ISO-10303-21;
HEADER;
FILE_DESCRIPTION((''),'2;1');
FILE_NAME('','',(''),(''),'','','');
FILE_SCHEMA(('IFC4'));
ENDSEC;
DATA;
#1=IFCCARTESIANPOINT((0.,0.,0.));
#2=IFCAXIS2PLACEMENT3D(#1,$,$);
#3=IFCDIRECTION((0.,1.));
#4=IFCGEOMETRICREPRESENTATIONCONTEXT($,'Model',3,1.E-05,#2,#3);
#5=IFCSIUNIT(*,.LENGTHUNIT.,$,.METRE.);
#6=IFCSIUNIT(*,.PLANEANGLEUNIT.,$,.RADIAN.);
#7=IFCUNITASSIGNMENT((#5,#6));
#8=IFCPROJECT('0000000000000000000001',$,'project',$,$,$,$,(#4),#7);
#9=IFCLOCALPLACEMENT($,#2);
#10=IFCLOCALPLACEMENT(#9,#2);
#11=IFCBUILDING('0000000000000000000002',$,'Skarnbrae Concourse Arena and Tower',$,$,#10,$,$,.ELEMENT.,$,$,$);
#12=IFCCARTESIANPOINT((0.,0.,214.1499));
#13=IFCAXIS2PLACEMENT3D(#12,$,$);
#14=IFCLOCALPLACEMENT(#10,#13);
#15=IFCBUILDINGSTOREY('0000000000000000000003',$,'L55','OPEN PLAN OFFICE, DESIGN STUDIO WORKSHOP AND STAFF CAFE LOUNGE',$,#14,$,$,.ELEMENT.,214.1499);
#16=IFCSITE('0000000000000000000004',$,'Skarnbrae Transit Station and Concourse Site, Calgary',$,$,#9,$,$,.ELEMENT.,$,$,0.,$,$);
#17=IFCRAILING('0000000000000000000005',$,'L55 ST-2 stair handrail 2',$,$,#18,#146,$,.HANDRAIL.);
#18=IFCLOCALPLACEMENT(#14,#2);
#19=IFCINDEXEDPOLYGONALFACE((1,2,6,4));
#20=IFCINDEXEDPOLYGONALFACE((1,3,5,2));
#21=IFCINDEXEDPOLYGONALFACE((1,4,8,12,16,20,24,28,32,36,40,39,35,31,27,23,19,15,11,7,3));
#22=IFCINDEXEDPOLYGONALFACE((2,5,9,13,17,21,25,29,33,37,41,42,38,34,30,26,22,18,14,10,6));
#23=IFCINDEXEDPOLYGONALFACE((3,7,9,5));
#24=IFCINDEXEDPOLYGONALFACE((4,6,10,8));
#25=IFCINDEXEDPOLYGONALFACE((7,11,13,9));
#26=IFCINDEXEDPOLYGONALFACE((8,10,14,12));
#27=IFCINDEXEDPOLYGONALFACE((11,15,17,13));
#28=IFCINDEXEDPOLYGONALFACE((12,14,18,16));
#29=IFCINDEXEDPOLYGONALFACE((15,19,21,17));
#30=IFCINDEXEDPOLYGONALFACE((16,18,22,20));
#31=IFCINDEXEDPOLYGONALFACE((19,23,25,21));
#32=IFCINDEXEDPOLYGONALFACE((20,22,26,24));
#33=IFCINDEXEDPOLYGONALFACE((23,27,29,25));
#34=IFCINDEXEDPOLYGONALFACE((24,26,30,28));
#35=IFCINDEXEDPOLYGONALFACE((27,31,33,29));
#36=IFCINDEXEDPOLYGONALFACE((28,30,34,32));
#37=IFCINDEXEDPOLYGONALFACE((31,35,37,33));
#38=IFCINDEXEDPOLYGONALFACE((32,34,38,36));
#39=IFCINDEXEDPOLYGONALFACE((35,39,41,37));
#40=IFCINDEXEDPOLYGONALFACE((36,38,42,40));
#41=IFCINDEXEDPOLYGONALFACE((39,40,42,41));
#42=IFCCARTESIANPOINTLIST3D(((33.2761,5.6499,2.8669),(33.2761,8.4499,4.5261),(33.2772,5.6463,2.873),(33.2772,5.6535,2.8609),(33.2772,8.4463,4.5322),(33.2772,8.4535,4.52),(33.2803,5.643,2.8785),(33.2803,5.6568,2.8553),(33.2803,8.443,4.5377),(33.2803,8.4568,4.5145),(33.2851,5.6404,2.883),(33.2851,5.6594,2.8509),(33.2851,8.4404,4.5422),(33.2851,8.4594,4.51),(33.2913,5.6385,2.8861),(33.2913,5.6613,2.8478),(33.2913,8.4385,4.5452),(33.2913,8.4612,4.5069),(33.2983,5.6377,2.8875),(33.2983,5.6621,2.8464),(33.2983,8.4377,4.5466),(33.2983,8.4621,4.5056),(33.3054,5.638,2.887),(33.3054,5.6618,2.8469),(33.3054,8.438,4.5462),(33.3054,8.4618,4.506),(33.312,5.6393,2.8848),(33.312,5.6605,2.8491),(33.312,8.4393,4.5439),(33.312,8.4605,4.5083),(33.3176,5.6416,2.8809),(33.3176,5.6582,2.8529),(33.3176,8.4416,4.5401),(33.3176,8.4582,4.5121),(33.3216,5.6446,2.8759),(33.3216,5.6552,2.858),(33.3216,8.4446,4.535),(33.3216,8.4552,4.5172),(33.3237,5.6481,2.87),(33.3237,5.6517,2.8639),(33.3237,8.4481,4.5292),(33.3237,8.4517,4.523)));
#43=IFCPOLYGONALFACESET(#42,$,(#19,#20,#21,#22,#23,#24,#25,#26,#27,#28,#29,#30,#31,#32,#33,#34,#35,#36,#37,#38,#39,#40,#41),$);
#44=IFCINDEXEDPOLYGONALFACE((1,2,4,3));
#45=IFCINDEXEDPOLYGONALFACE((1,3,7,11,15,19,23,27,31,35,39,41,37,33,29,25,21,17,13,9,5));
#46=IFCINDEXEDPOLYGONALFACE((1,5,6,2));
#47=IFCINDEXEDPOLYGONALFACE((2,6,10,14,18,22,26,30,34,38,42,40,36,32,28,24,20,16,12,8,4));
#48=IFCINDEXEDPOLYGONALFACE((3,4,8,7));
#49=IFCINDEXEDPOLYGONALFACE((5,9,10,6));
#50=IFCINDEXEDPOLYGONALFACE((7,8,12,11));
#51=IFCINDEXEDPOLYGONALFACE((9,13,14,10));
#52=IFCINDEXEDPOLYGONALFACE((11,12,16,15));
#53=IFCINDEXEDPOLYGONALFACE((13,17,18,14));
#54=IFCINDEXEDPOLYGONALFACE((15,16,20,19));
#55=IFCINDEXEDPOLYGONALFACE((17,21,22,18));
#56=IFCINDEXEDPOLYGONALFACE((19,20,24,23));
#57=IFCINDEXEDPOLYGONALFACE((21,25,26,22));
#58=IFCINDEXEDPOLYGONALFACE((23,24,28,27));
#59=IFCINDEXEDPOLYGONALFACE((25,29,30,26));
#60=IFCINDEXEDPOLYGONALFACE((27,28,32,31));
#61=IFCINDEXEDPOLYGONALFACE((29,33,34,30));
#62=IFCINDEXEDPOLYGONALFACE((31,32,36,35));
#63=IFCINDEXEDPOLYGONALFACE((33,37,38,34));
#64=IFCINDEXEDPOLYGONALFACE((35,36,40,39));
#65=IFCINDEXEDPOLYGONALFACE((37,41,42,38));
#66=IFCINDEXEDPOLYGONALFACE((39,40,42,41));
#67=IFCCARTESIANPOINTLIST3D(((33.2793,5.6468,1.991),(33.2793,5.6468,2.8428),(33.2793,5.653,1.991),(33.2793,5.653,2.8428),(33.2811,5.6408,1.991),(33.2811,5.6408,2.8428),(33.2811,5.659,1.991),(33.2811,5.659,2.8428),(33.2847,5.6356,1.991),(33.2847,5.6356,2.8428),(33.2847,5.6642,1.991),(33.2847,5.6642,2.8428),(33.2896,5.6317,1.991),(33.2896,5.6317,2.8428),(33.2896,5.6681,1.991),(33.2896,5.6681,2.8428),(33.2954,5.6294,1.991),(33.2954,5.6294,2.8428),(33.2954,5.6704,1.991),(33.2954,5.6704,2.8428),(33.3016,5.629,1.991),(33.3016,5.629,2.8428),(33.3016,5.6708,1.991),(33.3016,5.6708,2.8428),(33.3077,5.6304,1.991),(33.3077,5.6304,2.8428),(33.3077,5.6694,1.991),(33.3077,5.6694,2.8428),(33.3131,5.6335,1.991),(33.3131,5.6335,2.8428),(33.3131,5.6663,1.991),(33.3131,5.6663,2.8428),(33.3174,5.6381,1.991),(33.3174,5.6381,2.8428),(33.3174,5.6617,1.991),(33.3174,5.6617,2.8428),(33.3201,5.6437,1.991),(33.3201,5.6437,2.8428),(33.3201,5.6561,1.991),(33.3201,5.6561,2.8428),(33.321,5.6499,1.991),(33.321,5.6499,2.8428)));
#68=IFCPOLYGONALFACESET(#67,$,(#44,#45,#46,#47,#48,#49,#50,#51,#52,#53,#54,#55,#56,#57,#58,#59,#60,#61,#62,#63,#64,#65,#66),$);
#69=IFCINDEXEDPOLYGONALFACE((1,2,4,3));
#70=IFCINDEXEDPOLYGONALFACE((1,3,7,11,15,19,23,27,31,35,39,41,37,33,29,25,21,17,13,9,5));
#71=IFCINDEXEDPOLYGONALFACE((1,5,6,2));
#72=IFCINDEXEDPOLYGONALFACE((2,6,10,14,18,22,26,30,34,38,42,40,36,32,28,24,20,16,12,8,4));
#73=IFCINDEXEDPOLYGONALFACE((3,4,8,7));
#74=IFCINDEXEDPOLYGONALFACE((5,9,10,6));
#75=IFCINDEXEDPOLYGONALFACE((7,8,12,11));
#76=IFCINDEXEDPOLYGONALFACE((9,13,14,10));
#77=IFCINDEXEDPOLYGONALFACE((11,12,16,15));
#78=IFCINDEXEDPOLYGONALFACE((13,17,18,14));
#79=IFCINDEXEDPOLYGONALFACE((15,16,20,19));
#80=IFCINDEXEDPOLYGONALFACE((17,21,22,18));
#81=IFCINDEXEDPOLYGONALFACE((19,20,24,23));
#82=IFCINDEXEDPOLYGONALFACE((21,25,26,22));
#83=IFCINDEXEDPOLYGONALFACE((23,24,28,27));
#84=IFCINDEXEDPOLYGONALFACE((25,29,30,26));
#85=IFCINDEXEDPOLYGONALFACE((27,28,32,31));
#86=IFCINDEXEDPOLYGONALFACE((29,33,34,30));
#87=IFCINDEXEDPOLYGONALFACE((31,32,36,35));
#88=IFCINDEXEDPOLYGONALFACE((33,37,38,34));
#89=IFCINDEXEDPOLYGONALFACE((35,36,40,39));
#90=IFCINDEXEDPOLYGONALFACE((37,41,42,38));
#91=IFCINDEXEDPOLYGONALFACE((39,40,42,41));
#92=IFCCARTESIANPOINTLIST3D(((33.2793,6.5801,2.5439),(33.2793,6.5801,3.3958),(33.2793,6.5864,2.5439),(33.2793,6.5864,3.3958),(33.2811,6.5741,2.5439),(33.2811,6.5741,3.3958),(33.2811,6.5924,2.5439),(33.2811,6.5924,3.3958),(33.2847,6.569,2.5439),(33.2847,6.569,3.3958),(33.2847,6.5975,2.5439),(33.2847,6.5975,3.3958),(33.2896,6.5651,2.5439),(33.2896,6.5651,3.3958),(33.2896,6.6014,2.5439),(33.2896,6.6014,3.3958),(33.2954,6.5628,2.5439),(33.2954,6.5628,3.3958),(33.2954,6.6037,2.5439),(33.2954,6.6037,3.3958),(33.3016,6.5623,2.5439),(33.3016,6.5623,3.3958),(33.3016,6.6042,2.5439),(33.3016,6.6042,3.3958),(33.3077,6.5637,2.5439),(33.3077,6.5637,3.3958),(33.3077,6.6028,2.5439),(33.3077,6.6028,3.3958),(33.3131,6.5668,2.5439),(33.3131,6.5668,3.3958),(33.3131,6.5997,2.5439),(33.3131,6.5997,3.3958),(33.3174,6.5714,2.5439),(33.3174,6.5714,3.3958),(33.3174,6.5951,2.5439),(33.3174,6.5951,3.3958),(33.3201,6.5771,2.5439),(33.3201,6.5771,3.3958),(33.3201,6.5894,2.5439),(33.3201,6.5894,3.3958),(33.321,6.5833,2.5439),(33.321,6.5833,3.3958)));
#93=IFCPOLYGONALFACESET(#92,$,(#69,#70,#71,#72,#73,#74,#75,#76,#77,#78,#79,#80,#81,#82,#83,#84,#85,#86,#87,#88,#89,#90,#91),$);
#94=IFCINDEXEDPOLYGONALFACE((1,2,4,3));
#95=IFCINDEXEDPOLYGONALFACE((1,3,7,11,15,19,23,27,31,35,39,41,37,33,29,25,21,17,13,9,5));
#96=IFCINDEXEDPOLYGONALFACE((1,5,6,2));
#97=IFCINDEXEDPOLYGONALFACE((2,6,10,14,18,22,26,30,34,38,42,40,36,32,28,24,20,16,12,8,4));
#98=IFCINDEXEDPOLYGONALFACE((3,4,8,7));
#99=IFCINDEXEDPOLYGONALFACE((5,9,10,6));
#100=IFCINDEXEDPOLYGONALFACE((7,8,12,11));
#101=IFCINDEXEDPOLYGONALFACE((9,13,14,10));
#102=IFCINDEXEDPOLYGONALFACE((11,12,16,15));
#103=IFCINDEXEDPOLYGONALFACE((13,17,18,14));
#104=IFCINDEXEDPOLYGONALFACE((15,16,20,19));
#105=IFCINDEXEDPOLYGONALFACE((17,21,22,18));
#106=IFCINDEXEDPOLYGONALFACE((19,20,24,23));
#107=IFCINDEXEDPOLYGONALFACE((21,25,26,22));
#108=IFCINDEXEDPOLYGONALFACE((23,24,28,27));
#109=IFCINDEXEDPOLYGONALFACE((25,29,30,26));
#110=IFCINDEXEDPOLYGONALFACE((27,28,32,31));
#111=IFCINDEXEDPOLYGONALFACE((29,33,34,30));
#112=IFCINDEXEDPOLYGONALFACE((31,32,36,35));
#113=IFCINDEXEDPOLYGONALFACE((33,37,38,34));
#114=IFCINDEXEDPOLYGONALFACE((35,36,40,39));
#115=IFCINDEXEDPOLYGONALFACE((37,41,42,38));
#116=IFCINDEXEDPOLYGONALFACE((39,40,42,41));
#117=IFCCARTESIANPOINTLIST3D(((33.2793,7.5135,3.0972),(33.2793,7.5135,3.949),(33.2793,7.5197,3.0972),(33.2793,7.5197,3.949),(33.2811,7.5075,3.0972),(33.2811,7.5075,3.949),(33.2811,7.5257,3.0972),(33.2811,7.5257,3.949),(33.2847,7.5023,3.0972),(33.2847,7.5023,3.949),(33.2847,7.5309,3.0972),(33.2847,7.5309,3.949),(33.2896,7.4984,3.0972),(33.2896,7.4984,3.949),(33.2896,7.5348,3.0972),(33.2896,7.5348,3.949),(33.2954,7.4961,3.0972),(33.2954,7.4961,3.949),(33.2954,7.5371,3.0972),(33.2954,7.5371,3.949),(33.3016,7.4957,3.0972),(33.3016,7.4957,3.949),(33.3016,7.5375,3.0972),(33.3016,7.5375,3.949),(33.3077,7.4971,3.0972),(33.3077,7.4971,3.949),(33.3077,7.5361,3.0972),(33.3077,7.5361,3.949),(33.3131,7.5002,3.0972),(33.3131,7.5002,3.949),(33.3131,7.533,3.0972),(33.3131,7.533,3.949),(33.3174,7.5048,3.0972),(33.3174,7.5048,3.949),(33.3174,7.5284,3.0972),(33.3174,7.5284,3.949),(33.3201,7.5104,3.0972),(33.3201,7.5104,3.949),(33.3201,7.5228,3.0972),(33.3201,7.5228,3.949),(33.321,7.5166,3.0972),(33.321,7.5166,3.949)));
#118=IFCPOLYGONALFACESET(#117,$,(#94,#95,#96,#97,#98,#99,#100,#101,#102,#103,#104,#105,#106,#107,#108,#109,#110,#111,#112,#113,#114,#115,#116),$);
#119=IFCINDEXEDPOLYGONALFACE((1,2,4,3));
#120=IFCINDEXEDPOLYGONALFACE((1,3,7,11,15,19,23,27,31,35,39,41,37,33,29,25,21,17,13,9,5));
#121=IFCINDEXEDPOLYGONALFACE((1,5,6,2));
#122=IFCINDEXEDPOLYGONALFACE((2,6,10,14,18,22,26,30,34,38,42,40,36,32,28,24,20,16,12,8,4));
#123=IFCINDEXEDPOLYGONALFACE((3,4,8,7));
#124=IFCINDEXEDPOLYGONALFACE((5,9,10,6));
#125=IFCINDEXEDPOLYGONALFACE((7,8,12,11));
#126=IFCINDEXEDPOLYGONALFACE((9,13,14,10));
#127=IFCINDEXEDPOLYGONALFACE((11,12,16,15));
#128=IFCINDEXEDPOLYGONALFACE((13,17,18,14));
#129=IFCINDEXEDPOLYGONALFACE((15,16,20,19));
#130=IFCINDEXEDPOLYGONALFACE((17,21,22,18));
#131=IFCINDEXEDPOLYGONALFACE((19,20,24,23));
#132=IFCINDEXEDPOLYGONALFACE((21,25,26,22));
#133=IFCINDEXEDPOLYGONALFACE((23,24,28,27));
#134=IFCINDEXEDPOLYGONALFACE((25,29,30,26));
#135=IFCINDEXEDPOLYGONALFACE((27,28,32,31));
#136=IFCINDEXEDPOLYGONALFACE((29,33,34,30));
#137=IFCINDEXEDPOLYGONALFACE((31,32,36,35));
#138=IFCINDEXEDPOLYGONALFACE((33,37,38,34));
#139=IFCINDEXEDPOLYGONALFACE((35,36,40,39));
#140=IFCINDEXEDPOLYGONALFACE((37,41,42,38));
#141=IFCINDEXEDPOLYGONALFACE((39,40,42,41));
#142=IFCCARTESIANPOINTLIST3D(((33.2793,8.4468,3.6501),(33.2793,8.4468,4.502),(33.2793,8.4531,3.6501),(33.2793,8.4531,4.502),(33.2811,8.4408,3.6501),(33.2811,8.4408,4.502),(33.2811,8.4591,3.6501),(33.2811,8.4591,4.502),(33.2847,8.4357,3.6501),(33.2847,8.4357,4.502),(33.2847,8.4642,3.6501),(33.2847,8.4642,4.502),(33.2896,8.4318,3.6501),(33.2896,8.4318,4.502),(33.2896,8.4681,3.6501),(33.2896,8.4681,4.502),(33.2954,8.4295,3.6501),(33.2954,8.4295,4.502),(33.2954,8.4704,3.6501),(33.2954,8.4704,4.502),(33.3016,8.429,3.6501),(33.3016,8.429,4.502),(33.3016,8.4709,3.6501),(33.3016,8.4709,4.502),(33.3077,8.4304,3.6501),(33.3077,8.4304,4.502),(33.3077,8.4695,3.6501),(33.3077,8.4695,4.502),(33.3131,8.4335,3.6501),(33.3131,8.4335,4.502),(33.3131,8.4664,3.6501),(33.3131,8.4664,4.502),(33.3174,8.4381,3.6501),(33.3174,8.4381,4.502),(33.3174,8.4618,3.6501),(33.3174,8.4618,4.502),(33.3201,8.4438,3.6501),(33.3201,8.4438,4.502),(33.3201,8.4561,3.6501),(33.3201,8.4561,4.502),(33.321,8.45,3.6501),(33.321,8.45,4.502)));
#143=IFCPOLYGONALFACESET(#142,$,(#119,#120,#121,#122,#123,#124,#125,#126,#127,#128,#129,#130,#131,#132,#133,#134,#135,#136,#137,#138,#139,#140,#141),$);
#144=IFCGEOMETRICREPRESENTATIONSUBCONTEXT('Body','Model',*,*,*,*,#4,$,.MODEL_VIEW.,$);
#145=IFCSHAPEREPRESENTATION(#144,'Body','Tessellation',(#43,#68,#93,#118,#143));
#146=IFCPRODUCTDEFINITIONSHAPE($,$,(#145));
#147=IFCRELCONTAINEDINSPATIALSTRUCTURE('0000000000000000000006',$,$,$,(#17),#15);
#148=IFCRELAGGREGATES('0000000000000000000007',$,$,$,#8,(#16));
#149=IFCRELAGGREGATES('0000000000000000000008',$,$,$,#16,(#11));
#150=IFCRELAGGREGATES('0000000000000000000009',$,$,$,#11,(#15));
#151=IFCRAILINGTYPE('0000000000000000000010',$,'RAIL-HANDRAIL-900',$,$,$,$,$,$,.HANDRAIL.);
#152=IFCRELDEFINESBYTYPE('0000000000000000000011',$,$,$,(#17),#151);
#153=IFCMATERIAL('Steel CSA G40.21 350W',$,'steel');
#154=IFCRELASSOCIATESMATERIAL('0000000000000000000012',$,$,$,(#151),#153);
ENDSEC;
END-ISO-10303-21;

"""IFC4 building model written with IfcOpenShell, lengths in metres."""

from ifc_helpers import new_model, si_unit, direction, frame, origin, origin_2d, place, context, subcontext, project, spatial, circle, extrude, material, type_object, element, save


model = new_model("IFC4")

# Units and contexts
model_context = context("Model", 3, precision=1e-05, world=origin(), true_north=direction((0.0, 1.0)))
body_context = subcontext(model_context, "Body", "Model", "MODEL_VIEW")
ifc_project = project(units=[si_unit("LENGTHUNIT", "METRE"), si_unit("PLANEANGLEUNIT", "RADIAN")], contexts=[model_context])

# Site, building, storey
site_placement = place(None, origin())
site = spatial("IfcSite", under=ifc_project, at=site_placement, Name="Skarnbrae Transit Station and Concourse Site, Calgary", CompositionType="ELEMENT", RefElevation=0.0)
building_placement = place(site_placement, origin())
building = spatial("IfcBuilding", under=site, at=building_placement, Name="Skarnbrae Concourse Arena and Tower", CompositionType="ELEMENT")
storey_placement = place(building_placement, frame((0.0, 0.0, 214.1499)))
storey = spatial("IfcBuildingStorey", under=building, at=storey_placement, Name="L55", Description="OPEN PLAN OFFICE, DESIGN STUDIO WORKSHOP AND STAFF CAFE LOUNGE", CompositionType="ELEMENT", Elevation=214.1499)

# Shared definitions
ifc_material_1 = material(Name="Steel CSA G40.21 350W", Category="steel")

# Railing
railing_type_1 = type_object("IfcRailingType", Name="RAIL-HANDRAIL-900", PredefinedType="HANDRAIL", material=ifc_material_1)
railing_1_placement = place(storey_placement, frame((33.3, 5.6499, 1.991)))
element("IfcRailing", 1, at=railing_1_placement, inside=storey, type_object=railing_type_1, Name="L55 ST-2 stair handrail 2", PredefinedType="HANDRAIL", context=body_context, shape_type="SweptSolid", body=[
    extrude(circle(Radius=0.0239, at=origin_2d()), frame((0.0, 0.0, 0.876), z_axis=(0.0, 0.860306, 0.509778), x_axis=(-1.0, 0.0, 0.0)), (0.0, 0.0, 1.0), 3.2546),
    extrude(circle(Radius=0.021, at=origin_2d()), origin(), (0.0, 0.0, 1.0), 0.8518),
    extrude(circle(Radius=0.021, at=origin_2d()), frame((0.0, 0.9333, 0.553)), (0.0, 0.0, 1.0), 0.8518),
    extrude(circle(Radius=0.021, at=origin_2d()), frame((0.0, 1.8667, 1.1062)), (0.0, 0.0, 1.0), 0.8518),
    extrude(circle(Radius=0.021, at=origin_2d()), frame((0.0, 2.8, 1.6592)), (0.0, 0.0, 1.0), 0.8518),
])

save(model, "model.ifc")
